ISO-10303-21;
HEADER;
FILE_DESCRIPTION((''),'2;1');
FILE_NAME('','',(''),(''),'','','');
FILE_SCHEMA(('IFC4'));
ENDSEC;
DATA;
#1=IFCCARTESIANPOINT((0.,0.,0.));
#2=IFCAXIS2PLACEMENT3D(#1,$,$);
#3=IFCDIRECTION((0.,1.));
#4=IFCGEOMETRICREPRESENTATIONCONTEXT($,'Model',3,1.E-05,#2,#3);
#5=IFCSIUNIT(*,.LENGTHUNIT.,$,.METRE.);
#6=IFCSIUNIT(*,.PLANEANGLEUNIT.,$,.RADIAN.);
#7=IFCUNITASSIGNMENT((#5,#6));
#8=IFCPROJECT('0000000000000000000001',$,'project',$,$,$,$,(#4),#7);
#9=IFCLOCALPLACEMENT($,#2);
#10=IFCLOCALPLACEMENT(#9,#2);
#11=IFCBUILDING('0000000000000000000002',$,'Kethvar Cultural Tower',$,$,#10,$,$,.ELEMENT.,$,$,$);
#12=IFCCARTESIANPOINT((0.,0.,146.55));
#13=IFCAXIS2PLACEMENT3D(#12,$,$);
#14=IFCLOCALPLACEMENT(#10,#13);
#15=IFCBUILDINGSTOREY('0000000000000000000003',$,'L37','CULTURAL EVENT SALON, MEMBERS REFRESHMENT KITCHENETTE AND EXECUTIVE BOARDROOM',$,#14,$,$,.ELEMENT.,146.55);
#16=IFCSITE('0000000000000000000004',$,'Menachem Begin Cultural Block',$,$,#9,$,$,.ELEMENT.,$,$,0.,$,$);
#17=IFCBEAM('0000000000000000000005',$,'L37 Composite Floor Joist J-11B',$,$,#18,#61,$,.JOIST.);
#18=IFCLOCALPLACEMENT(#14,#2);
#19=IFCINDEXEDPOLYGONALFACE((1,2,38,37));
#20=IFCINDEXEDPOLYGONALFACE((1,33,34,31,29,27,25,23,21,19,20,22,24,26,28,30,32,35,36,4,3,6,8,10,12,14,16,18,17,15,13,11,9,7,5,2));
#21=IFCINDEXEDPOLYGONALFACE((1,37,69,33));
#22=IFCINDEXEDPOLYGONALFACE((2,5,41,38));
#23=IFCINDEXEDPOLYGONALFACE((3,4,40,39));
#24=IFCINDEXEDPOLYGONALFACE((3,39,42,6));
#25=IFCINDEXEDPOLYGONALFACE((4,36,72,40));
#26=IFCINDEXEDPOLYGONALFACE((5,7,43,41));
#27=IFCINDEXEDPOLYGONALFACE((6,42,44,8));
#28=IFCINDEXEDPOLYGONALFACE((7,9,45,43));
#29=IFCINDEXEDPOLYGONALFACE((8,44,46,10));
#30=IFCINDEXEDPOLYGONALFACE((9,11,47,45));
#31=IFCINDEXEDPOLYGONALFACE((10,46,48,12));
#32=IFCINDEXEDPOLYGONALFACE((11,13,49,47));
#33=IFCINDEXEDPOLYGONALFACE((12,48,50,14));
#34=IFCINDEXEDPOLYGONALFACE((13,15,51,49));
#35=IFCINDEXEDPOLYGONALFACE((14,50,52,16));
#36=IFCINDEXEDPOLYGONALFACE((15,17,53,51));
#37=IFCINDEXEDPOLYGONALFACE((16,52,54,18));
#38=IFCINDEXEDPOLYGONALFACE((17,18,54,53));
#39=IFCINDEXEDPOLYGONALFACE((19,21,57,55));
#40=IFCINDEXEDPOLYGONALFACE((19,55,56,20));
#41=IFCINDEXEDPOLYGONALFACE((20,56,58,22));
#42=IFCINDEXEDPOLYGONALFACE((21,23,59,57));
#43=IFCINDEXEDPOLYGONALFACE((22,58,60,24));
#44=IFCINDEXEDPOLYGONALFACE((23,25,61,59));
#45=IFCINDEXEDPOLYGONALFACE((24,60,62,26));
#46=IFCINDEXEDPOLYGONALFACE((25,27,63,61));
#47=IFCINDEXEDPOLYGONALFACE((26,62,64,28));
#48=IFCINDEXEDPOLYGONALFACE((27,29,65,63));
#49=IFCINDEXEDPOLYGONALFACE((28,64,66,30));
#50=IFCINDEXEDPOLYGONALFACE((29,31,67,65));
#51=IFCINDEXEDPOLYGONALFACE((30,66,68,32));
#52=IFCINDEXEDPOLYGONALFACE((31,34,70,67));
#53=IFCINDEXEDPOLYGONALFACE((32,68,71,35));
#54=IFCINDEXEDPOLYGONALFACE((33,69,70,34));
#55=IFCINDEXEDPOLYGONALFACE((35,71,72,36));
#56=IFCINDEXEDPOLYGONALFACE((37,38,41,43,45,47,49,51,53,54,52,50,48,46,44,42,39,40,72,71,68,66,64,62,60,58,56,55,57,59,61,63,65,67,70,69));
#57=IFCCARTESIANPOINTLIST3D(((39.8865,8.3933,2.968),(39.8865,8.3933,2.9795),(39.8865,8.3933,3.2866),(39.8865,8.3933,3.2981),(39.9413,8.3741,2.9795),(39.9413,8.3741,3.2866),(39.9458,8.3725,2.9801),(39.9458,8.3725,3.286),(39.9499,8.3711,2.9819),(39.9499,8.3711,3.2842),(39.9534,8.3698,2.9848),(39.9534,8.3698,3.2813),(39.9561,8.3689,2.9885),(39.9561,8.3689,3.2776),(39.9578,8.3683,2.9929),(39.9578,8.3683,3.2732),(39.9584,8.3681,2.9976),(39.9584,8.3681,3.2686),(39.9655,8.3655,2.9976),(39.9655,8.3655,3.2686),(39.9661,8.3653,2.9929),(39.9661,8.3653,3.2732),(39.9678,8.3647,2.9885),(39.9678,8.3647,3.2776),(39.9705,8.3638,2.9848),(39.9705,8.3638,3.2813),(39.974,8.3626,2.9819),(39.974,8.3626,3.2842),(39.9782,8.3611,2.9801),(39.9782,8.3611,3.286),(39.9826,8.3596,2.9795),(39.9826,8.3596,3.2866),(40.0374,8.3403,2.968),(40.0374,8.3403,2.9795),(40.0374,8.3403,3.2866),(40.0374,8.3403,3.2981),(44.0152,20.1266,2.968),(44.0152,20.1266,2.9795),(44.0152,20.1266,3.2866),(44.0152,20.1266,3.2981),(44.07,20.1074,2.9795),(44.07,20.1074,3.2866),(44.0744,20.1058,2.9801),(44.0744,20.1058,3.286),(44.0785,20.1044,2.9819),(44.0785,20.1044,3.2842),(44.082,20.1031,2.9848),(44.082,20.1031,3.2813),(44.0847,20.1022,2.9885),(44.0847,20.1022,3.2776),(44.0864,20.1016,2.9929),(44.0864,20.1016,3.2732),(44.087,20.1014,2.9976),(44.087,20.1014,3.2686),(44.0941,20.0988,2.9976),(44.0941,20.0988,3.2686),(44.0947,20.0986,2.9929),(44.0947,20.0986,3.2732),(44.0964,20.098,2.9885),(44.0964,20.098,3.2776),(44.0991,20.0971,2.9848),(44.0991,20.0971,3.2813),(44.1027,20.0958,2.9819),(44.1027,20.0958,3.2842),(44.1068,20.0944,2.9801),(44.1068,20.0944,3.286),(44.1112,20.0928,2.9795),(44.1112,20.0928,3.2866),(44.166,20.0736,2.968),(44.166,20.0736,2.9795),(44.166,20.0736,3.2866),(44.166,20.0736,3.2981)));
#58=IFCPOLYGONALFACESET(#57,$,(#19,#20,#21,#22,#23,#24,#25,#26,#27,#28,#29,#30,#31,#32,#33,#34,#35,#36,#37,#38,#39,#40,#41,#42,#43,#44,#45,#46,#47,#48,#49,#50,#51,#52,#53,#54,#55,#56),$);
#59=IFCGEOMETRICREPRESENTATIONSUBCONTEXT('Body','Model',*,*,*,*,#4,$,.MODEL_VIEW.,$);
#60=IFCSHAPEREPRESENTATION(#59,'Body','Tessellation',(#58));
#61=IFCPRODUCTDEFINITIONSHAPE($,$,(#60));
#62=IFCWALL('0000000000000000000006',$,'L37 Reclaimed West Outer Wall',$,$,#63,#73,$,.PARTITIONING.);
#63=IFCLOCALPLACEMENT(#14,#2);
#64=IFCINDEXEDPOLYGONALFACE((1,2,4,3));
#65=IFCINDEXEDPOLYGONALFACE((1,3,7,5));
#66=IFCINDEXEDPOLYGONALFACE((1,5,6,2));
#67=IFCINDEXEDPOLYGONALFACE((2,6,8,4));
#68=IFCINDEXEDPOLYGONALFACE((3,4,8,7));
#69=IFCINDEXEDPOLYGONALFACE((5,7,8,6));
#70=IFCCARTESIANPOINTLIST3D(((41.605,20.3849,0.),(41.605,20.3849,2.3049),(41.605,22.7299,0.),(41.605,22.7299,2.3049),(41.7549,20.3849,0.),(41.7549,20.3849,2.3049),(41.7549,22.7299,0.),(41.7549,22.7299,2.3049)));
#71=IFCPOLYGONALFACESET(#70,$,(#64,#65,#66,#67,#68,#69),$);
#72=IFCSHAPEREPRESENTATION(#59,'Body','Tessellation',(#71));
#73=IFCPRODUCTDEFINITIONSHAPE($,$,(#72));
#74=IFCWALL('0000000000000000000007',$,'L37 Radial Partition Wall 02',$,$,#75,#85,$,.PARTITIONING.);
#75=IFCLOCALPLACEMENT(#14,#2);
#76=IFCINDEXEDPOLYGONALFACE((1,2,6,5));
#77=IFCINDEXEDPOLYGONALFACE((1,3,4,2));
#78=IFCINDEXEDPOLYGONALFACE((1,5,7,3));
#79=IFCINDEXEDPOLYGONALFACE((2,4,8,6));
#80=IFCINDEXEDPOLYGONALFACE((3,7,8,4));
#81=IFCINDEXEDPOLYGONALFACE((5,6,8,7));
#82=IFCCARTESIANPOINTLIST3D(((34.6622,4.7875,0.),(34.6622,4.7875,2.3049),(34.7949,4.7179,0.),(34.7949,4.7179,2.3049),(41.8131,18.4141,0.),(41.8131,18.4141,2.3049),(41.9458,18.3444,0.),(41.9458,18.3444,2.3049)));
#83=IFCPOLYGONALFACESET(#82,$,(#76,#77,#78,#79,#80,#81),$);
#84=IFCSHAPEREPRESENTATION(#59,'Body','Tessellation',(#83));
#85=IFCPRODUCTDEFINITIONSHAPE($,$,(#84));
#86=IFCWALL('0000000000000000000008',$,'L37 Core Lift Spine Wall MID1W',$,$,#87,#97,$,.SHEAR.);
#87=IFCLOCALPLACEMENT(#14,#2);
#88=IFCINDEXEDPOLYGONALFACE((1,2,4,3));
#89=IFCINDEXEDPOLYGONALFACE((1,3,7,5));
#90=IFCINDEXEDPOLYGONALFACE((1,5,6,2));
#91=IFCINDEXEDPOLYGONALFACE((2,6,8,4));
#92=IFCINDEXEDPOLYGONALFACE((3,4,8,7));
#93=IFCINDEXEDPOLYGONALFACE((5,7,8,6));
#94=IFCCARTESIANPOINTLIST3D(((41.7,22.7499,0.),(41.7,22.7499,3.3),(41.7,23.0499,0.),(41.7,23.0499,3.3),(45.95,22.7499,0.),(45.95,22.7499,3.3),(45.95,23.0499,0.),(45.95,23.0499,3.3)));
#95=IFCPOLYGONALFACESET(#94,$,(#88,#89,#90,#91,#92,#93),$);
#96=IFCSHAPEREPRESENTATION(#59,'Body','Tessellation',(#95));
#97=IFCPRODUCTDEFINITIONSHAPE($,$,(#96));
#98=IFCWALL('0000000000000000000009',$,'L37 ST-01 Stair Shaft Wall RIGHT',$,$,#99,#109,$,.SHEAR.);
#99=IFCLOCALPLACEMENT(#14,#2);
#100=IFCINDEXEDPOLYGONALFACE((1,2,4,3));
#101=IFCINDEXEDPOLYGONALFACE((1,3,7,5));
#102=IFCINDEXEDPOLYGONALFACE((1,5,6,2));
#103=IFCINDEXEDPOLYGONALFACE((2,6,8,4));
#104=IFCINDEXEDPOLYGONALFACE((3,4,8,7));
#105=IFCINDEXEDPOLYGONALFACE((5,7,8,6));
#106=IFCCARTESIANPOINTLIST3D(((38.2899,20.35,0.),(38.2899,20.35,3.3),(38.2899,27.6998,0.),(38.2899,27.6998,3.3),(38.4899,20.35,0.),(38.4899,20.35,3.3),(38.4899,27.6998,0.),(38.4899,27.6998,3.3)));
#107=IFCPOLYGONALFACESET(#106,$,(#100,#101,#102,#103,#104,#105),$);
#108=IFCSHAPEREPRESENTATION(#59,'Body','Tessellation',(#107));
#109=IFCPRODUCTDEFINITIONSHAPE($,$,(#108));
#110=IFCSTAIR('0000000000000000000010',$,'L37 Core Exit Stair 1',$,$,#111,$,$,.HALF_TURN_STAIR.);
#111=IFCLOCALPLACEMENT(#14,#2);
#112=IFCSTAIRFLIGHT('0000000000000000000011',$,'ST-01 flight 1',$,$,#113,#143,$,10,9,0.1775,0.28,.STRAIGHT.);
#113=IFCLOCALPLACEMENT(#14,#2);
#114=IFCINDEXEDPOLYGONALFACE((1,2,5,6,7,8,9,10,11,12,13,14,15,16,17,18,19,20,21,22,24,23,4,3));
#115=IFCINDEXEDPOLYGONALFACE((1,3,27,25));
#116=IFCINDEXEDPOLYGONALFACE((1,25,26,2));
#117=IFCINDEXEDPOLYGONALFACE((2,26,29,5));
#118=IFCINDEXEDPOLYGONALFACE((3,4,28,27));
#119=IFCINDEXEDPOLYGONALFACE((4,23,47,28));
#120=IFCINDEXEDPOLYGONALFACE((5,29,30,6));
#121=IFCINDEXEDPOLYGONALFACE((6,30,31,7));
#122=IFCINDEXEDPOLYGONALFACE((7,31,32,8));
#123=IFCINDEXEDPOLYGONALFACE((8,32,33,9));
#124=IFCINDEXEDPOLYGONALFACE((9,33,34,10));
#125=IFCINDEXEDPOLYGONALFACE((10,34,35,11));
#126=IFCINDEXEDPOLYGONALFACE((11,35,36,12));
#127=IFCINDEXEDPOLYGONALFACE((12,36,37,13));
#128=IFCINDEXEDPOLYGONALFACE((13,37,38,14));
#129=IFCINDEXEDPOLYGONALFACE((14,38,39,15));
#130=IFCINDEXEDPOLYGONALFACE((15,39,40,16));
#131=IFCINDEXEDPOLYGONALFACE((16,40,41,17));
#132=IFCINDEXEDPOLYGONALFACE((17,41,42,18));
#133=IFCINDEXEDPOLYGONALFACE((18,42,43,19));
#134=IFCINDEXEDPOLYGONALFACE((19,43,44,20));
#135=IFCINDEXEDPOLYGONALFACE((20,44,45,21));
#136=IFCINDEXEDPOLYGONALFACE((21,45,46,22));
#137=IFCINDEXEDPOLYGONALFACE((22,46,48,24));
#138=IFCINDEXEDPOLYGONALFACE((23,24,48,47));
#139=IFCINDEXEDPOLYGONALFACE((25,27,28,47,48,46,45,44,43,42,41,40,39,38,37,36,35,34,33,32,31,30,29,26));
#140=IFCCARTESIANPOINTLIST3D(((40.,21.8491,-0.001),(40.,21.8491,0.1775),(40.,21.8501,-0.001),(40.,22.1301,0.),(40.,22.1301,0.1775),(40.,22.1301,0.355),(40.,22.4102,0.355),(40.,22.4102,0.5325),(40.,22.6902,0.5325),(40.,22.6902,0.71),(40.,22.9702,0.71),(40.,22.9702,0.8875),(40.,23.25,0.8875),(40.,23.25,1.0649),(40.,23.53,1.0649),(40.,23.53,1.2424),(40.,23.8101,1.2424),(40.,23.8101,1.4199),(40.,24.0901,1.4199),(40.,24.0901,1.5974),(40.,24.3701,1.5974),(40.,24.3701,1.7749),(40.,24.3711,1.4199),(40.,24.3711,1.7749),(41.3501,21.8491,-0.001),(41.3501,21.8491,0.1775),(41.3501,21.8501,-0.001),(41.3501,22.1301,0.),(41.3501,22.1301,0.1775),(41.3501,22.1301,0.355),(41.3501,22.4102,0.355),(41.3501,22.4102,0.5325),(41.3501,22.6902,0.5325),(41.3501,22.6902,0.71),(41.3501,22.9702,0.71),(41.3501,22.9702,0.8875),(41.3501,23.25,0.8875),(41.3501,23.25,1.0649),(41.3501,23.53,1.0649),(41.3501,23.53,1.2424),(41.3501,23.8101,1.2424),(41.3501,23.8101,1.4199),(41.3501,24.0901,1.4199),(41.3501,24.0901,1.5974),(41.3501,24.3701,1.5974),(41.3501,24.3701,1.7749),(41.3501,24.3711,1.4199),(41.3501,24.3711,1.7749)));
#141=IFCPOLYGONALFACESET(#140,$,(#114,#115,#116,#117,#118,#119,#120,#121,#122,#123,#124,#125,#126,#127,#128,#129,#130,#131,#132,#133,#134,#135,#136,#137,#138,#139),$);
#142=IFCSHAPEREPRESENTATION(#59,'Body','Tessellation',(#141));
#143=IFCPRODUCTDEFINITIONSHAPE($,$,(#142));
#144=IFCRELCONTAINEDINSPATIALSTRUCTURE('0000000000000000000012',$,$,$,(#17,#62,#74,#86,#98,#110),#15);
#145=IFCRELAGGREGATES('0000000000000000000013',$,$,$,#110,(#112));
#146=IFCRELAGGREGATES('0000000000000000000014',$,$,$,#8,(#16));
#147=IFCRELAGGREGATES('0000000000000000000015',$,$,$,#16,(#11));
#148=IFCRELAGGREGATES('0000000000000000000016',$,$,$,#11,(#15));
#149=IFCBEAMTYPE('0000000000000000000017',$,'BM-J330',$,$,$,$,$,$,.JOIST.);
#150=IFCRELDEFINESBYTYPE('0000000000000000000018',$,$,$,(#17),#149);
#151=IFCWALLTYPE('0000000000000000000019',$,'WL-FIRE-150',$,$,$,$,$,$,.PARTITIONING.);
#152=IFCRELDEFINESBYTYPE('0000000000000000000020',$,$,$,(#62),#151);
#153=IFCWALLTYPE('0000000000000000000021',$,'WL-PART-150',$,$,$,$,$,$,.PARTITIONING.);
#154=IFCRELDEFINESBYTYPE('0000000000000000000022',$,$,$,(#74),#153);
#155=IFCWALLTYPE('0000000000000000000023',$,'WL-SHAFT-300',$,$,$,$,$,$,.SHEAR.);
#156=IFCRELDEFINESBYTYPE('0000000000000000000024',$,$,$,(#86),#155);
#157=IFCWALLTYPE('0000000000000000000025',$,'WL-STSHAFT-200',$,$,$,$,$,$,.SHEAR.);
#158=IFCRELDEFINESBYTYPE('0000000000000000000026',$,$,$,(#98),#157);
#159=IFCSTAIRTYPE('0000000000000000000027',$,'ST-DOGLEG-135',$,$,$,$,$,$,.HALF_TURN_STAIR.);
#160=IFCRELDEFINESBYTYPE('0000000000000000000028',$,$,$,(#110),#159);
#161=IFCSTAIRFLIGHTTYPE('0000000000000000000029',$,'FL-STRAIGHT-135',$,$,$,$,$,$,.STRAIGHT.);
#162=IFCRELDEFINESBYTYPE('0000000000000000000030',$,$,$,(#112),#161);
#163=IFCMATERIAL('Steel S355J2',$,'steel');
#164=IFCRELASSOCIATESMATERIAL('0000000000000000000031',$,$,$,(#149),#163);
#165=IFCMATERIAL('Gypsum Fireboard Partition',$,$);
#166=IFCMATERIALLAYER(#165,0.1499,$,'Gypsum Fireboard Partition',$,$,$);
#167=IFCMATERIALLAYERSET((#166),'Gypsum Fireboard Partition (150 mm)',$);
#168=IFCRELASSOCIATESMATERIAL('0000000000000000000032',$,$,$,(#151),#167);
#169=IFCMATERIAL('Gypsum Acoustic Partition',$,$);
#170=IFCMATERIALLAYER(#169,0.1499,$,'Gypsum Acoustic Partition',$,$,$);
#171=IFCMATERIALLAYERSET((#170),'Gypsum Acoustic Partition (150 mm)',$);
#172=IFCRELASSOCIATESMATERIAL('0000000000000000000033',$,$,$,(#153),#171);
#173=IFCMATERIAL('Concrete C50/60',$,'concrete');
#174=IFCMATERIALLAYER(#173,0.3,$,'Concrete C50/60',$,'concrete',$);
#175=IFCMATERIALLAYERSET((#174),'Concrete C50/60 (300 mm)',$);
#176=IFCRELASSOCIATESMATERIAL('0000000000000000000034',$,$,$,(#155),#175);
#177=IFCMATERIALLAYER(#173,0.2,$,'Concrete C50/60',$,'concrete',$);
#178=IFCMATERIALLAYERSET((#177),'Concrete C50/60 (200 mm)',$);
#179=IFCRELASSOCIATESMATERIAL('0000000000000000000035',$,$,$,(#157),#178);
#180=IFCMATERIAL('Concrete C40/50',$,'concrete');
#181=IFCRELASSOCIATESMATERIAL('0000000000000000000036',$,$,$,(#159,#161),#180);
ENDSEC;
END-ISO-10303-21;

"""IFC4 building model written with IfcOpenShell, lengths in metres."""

from ifc_helpers import new_model, si_unit, direction, frame, frame_2d, origin, origin_2d, place, context, subcontext, project, spatial, polyline, rectangle, i_section, outline, extrude, source, transform, mapped, material, layer, layer_set, material_profile, profile_set, type_object, element, aggregate, save


model = new_model("IFC4")

# Units and contexts
model_context = context("Model", 3, precision=1e-05, world=origin(), true_north=direction((0.0, 1.0)))
body_context = subcontext(model_context, "Body", "Model", "MODEL_VIEW")
ifc_project = project(units=[si_unit("LENGTHUNIT", "METRE"), si_unit("PLANEANGLEUNIT", "RADIAN")], contexts=[model_context])

# Site, building, storey
site_placement = place(None, origin())
site = spatial("IfcSite", under=ifc_project, at=site_placement, Name="Menachem Begin Cultural Block", CompositionType="ELEMENT", RefElevation=0.0)
building_placement = place(site_placement, origin())
building = spatial("IfcBuilding", under=site, at=building_placement, Name="Kethvar Cultural Tower", CompositionType="ELEMENT")
storey_placement = place(building_placement, frame((0.0, 0.0, 146.55)))
storey = spatial("IfcBuildingStorey", under=building, at=storey_placement, Name="L37", Description="CULTURAL EVENT SALON, MEMBERS REFRESHMENT KITCHENETTE AND EXECUTIVE BOARDROOM", CompositionType="ELEMENT", Elevation=146.55)

# Beam
ifc_material_1 = material(Name="Steel S355J2", Category="steel")
ifc_material_profile_1 = material_profile(ifc_material_1, i_section(OverallWidth=0.1599, OverallDepth=0.3301, WebThickness=0.0076, FlangeThickness=0.0115, FilletRadius=0.0181, at=origin_2d()), Name="Steel S355J2 — IPE330")
ifc_profile_set_1 = profile_set([ifc_material_profile_1], Name="Steel S355J2 — IPE330")
beam_type_1 = type_object("IfcBeamType", Name="BM-J330", PredefinedType="JOIST", material=ifc_profile_set_1)
shared_shape_1 = source(origin(), body_context, "Body", "SweptSolid", [
    extrude(i_section(OverallWidth=0.1599, OverallDepth=0.3301, WebThickness=0.0076, FlangeThickness=0.0115, FilletRadius=0.0181, at=origin_2d()), origin(), (0.0, 0.0, 1.0), 12.4385),
])
beam_1_placement = place(storey_placement, frame((44.0906, 20.1001, 3.1331), z_axis=(-0.331924, -0.943306, 0.0), x_axis=(0.943306, -0.331924, 0.0)))
element("IfcBeam", 1, at=beam_1_placement, inside=storey, type_object=beam_type_1, Name="L37 Composite Floor Joist J-11B", PredefinedType="JOIST", context=body_context, shape_type="MappedRepresentation", body=[
    mapped(shared_shape_1, transform((0.0, 0.0, 0.0), scale=1.0)),
])

# Wall
ifc_material_2 = material(Name="Gypsum Fireboard Partition")
ifc_layer_1 = layer(ifc_material_2, 0.1499, Name="Gypsum Fireboard Partition")
ifc_layer_set_1 = layer_set([ifc_layer_1], Name="Gypsum Fireboard Partition (150 mm)")
wall_type_1 = type_object("IfcWallType", Name="WL-FIRE-150", PredefinedType="PARTITIONING", material=ifc_layer_set_1)
wall_1_placement = place(storey_placement, frame((41.6799, 20.385, 0.0), z_axis=(0.0, 0.0, 1.0), x_axis=(0.0, 1.0, 0.0)))
element("IfcWall", 2, at=wall_1_placement, inside=storey, type_object=wall_type_1, Name="L37 Reclaimed West Outer Wall", PredefinedType="PARTITIONING", context=body_context, shape_type="SweptSolid", body=[
    extrude(rectangle(XDim=2.345, YDim=0.1499, at=frame_2d((1.1724, 0.0))), origin(), (0.0, 0.0, 1.0), 2.3049),
])

# Walls
ifc_material_3 = material(Name="Gypsum Acoustic Partition")
ifc_layer_2 = layer(ifc_material_3, 0.1499, Name="Gypsum Acoustic Partition")
ifc_layer_set_2 = layer_set([ifc_layer_2], Name="Gypsum Acoustic Partition (150 mm)")
wall_type_2 = type_object("IfcWallType", Name="WL-PART-150", PredefinedType="PARTITIONING", material=ifc_layer_set_2)
wall_2_placement = place(storey_placement, frame((41.8794, 18.3792, 0.0), z_axis=(0.0, 0.0, 1.0), x_axis=(-0.46468, -0.885479, 0.0)))
element("IfcWall", 3, at=wall_2_placement, inside=storey, type_object=wall_type_2, Name="L37 Radial Partition Wall 02", PredefinedType="PARTITIONING", context=body_context, shape_type="SweptSolid", body=[
    extrude(rectangle(XDim=15.3889, YDim=0.1499, at=frame_2d((7.6943, 0.0))), origin(), (0.0, 0.0, 1.0), 2.3049),
])
ifc_material_4 = material(Name="Concrete C50/60", Category="concrete")
ifc_layer_3 = layer(ifc_material_4, 0.3, Name="Concrete C50/60", Category="concrete")
ifc_layer_set_3 = layer_set([ifc_layer_3], Name="Concrete C50/60 (300 mm)")
wall_type_3 = type_object("IfcWallType", Name="WL-SHAFT-300", PredefinedType="SHEAR", material=ifc_layer_set_3)
wall_3_placement = place(storey_placement, frame((41.7, 22.8999, 0.0), z_axis=(0.0, 0.0, 1.0), x_axis=(1.0, 0.0, 0.0)))
element("IfcWall", 4, at=wall_3_placement, inside=storey, type_object=wall_type_3, Name="L37 Core Lift Spine Wall MID1W", PredefinedType="SHEAR", context=body_context, shape_type="SweptSolid", body=[
    extrude(rectangle(XDim=4.25, YDim=0.3, at=frame_2d((2.125, 0.0))), origin(), (0.0, 0.0, 1.0), 3.3),
])
ifc_layer_4 = layer(ifc_material_4, 0.2, Name="Concrete C50/60", Category="concrete")
ifc_layer_set_4 = layer_set([ifc_layer_4], Name="Concrete C50/60 (200 mm)")
wall_type_4 = type_object("IfcWallType", Name="WL-STSHAFT-200", PredefinedType="SHEAR", material=ifc_layer_set_4)
wall_4_placement = place(storey_placement, frame((38.3899, 20.3501, 0.0), z_axis=(0.0, 0.0, 1.0), x_axis=(0.0, 1.0, 0.0)))
element("IfcWall", 5, at=wall_4_placement, inside=storey, type_object=wall_type_4, Name="L37 ST-01 Stair Shaft Wall RIGHT", PredefinedType="SHEAR", context=body_context, shape_type="SweptSolid", body=[
    extrude(rectangle(XDim=7.3499, YDim=0.2, at=frame_2d((3.6748, 0.0))), origin(), (0.0, 0.0, 1.0), 3.3),
])

# Stair, stair flight
ifc_material_5 = material(Name="Concrete C40/50", Category="concrete")
stair_type = type_object("IfcStairType", Name="ST-DOGLEG-135", PredefinedType="HALF_TURN_STAIR", material=ifc_material_5)
stair_placement = place(storey_placement, origin())
stair = element("IfcStair", 6, at=stair_placement, inside=storey, type_object=stair_type, Name="L37 Core Exit Stair 1", PredefinedType="HALF_TURN_STAIR")
stair_flight_type = type_object("IfcStairFlightType", Name="FL-STRAIGHT-135", PredefinedType="STRAIGHT", material=ifc_material_5)
stair_flight_placement = place(storey_placement, frame((40.675, 21.8501, 0.0), z_axis=(0.0, 0.0, 1.0), x_axis=(0.0, 1.0, 0.0)))
stair_flight = element("IfcStairFlight", 7, at=stair_flight_placement, type_object=stair_flight_type, Name="ST-01 flight 1", NumberOfRisers=10, NumberOfTreads=9, PredefinedType="STRAIGHT", RiserHeight=0.1775, TreadLength=0.28, context=body_context, shape_type="SweptSolid", body=[
    extrude(outline(polyline([(-0.001, -0.001), (-0.001, 0.1775), (0.28, 0.1775), (0.28, 0.355), (0.5601, 0.355), (0.5601, 0.5325), (0.8401, 0.5325), (0.8401, 0.71), (1.1201, 0.71), (1.1201, 0.8875), (1.3999, 0.8875), (1.3999, 1.0649), (1.6799, 1.0649), (1.6799, 1.2424), (1.96, 1.2424), (1.96, 1.4199), (2.24, 1.4199), (2.24, 1.5974), (2.52, 1.5974), (2.52, 1.7749), (2.521, 1.7749), (2.521, 1.4199), (0.28, 0.0), (0.0, -0.001), (-0.001, -0.001)])), frame((0.0, 0.675, 0.0), z_axis=(0.0, -1.0, 0.0), x_axis=(1.0, 0.0, 0.0)), (0.0, 0.0, 1.0), 1.3501),
])
aggregate(stair, [stair_flight])

save(model, "model.ifc")
